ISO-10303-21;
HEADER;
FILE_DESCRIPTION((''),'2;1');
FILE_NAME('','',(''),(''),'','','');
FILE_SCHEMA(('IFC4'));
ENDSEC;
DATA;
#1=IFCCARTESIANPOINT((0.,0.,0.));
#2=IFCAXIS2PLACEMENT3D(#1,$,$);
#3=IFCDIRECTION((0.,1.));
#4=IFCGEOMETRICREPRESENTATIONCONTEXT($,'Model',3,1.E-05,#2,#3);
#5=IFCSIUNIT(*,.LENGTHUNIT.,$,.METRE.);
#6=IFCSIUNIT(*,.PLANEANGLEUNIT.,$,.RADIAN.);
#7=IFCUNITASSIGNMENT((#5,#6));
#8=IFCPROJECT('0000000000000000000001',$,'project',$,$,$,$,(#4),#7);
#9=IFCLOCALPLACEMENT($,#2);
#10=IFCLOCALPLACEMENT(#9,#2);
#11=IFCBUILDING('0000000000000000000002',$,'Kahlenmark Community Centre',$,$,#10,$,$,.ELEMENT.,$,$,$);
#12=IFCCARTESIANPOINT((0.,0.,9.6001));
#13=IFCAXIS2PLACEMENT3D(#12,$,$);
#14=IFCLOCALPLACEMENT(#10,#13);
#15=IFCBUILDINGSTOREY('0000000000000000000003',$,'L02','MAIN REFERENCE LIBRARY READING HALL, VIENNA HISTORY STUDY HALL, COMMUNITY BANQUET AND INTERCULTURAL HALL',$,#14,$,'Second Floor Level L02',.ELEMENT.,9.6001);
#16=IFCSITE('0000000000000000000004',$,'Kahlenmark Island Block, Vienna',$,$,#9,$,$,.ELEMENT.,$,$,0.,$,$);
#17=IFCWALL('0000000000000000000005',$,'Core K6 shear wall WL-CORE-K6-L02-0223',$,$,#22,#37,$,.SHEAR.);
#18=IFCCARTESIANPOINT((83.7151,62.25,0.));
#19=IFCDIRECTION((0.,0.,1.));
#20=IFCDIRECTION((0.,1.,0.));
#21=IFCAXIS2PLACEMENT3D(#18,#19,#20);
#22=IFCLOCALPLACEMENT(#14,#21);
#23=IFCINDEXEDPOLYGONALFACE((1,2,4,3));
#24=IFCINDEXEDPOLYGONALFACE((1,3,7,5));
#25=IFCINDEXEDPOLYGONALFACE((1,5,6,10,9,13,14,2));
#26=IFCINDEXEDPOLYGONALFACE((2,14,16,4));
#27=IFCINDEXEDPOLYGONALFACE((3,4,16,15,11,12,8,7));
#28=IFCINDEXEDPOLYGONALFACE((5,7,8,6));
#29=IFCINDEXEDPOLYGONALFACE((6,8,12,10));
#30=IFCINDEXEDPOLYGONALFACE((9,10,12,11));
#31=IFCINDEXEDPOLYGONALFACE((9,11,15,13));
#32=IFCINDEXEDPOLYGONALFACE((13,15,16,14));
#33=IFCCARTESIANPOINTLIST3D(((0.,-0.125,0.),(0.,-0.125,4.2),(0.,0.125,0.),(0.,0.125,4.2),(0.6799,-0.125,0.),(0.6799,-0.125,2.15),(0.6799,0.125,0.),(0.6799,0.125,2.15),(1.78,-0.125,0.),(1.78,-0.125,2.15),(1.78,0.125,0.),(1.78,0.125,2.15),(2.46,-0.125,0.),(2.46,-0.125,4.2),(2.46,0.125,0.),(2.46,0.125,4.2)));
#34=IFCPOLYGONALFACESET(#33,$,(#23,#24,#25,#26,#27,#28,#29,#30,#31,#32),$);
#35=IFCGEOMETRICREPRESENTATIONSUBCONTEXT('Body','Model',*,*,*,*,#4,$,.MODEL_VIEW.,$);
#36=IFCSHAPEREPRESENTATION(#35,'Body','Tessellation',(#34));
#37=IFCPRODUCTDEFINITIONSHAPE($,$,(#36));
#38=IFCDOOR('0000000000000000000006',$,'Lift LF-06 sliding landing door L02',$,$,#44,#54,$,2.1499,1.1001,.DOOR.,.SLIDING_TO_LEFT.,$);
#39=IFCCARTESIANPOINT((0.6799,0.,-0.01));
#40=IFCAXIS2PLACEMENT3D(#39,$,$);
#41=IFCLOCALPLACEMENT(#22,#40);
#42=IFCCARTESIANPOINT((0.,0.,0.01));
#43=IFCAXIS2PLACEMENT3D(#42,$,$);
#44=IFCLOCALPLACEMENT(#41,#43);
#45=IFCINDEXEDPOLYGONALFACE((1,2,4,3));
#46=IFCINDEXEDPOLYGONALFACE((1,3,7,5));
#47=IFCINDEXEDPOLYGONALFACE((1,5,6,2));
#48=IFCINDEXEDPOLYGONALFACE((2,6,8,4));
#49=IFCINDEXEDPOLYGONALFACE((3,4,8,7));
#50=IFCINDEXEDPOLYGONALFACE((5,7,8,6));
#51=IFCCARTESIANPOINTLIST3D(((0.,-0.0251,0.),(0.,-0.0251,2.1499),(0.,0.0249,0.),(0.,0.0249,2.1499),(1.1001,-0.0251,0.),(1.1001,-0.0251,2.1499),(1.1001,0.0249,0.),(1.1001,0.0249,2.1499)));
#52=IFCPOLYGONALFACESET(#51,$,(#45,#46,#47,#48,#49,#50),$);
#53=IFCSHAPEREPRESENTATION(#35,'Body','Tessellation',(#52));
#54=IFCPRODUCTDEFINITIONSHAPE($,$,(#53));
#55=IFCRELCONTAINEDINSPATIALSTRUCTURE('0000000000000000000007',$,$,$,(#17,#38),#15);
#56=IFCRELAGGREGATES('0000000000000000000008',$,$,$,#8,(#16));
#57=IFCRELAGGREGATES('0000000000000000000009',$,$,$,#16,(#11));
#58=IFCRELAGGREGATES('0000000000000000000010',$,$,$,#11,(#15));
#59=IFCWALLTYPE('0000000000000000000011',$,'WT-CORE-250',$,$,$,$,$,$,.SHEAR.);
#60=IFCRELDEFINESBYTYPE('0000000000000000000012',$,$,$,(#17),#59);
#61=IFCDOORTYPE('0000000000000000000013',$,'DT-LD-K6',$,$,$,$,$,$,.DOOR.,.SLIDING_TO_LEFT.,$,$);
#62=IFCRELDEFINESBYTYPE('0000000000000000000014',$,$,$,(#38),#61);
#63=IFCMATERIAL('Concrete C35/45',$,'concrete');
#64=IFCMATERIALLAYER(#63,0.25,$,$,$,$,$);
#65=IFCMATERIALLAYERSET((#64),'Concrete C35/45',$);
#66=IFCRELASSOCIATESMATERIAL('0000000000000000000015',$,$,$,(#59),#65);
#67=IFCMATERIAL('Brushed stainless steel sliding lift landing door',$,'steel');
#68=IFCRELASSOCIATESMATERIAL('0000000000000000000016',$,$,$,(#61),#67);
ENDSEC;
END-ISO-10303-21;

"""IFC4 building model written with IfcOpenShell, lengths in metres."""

from ifc_helpers import new_model, si_unit, direction, frame, frame_2d, origin, place, context, subcontext, project, spatial, rectangle, extrude, material, layer, layer_set, type_object, element, fill, save


model = new_model("IFC4")

# Units and contexts
model_context = context("Model", 3, precision=1e-05, world=origin(), true_north=direction((0.0, 1.0)))
body_context = subcontext(model_context, "Body", "Model", "MODEL_VIEW")
ifc_project = project(units=[si_unit("LENGTHUNIT", "METRE"), si_unit("PLANEANGLEUNIT", "RADIAN")], contexts=[model_context])

# Site, building, storey
site_placement = place(None, origin())
site = spatial("IfcSite", under=ifc_project, at=site_placement, Name="Kahlenmark Island Block, Vienna", CompositionType="ELEMENT", RefElevation=0.0)
building_placement = place(site_placement, origin())
building = spatial("IfcBuilding", under=site, at=building_placement, Name="Kahlenmark Community Centre", CompositionType="ELEMENT")
storey_placement = place(building_placement, frame((0.0, 0.0, 9.6001)))
storey = spatial("IfcBuildingStorey", under=building, at=storey_placement, Name="L02", Description="MAIN REFERENCE LIBRARY READING HALL, VIENNA HISTORY STUDY HALL, COMMUNITY BANQUET AND INTERCULTURAL HALL", LongName="Second Floor Level L02", CompositionType="ELEMENT", Elevation=9.6001)

# Shared definitions
ifc_material_1 = material(Name="Concrete C35/45", Category="concrete")
ifc_layer_1 = layer(ifc_material_1, 0.25)
ifc_layer_set_1 = layer_set([ifc_layer_1], Name="Concrete C35/45")
wall_type_1 = type_object("IfcWallType", Name="WT-CORE-250", PredefinedType="SHEAR", material=ifc_layer_set_1)

# Wall, opening, door
wall_1_placement = place(storey_placement, frame((83.7151, 62.25, 0.0), z_axis=(0.0, 0.0, 1.0), x_axis=(0.0, 1.0, 0.0)))
wall_1 = element("IfcWall", 1, at=wall_1_placement, inside=storey, type_object=wall_type_1, Name="Core K6 shear wall WL-CORE-K6-L02-0223", PredefinedType="SHEAR", context=body_context, shape_type="SweptSolid", body=[
    extrude(rectangle(XDim=2.46, YDim=0.25, at=frame_2d((1.23, 0.0))), origin(), (0.0, 0.0, 1.0), 4.2),
])
opening_1_placement = place(wall_1_placement, frame((0.6799, 0.0, -0.01)))
opening_1 = element("IfcOpeningElement", 2, at=opening_1_placement, cuts=wall_1, PredefinedType="OPENING", context=body_context, shape_type="SweptSolid", body=[
    extrude(rectangle(XDim=1.1001, YDim=2.1599, at=frame_2d((0.55, 1.0801))), frame((0.0, 0.135, 0.0), z_axis=(0.0, -1.0, 0.0), x_axis=(1.0, 0.0, 0.0)), (0.0, 0.0, 1.0), 0.27),
])
ifc_material_2 = material(Name="Brushed stainless steel sliding lift landing door", Category="steel")
door_type_1 = type_object("IfcDoorType", Name="DT-LD-K6", OperationType="SLIDING_TO_LEFT", PredefinedType="DOOR", material=ifc_material_2)
door_1_placement = place(opening_1_placement, frame((0.0, 0.0, 0.01)))
door_1 = element("IfcDoor", 3, at=door_1_placement, inside=storey, type_object=door_type_1, Name="Lift LF-06 sliding landing door L02", OperationType="SLIDING_TO_LEFT", OverallHeight=2.1499, OverallWidth=1.1001, PredefinedType="DOOR", context=body_context, shape_type="SweptSolid", body=[
    extrude(rectangle(XDim=1.1001, YDim=2.1499, at=frame_2d((0.55, 1.075))), frame((0.0, 0.0249, 0.0), z_axis=(0.0, -1.0, 0.0), x_axis=(1.0, 0.0, 0.0)), (0.0, 0.0, 1.0), 0.05),
])
fill(opening_1, door_1)

save(model, "model.ifc")
